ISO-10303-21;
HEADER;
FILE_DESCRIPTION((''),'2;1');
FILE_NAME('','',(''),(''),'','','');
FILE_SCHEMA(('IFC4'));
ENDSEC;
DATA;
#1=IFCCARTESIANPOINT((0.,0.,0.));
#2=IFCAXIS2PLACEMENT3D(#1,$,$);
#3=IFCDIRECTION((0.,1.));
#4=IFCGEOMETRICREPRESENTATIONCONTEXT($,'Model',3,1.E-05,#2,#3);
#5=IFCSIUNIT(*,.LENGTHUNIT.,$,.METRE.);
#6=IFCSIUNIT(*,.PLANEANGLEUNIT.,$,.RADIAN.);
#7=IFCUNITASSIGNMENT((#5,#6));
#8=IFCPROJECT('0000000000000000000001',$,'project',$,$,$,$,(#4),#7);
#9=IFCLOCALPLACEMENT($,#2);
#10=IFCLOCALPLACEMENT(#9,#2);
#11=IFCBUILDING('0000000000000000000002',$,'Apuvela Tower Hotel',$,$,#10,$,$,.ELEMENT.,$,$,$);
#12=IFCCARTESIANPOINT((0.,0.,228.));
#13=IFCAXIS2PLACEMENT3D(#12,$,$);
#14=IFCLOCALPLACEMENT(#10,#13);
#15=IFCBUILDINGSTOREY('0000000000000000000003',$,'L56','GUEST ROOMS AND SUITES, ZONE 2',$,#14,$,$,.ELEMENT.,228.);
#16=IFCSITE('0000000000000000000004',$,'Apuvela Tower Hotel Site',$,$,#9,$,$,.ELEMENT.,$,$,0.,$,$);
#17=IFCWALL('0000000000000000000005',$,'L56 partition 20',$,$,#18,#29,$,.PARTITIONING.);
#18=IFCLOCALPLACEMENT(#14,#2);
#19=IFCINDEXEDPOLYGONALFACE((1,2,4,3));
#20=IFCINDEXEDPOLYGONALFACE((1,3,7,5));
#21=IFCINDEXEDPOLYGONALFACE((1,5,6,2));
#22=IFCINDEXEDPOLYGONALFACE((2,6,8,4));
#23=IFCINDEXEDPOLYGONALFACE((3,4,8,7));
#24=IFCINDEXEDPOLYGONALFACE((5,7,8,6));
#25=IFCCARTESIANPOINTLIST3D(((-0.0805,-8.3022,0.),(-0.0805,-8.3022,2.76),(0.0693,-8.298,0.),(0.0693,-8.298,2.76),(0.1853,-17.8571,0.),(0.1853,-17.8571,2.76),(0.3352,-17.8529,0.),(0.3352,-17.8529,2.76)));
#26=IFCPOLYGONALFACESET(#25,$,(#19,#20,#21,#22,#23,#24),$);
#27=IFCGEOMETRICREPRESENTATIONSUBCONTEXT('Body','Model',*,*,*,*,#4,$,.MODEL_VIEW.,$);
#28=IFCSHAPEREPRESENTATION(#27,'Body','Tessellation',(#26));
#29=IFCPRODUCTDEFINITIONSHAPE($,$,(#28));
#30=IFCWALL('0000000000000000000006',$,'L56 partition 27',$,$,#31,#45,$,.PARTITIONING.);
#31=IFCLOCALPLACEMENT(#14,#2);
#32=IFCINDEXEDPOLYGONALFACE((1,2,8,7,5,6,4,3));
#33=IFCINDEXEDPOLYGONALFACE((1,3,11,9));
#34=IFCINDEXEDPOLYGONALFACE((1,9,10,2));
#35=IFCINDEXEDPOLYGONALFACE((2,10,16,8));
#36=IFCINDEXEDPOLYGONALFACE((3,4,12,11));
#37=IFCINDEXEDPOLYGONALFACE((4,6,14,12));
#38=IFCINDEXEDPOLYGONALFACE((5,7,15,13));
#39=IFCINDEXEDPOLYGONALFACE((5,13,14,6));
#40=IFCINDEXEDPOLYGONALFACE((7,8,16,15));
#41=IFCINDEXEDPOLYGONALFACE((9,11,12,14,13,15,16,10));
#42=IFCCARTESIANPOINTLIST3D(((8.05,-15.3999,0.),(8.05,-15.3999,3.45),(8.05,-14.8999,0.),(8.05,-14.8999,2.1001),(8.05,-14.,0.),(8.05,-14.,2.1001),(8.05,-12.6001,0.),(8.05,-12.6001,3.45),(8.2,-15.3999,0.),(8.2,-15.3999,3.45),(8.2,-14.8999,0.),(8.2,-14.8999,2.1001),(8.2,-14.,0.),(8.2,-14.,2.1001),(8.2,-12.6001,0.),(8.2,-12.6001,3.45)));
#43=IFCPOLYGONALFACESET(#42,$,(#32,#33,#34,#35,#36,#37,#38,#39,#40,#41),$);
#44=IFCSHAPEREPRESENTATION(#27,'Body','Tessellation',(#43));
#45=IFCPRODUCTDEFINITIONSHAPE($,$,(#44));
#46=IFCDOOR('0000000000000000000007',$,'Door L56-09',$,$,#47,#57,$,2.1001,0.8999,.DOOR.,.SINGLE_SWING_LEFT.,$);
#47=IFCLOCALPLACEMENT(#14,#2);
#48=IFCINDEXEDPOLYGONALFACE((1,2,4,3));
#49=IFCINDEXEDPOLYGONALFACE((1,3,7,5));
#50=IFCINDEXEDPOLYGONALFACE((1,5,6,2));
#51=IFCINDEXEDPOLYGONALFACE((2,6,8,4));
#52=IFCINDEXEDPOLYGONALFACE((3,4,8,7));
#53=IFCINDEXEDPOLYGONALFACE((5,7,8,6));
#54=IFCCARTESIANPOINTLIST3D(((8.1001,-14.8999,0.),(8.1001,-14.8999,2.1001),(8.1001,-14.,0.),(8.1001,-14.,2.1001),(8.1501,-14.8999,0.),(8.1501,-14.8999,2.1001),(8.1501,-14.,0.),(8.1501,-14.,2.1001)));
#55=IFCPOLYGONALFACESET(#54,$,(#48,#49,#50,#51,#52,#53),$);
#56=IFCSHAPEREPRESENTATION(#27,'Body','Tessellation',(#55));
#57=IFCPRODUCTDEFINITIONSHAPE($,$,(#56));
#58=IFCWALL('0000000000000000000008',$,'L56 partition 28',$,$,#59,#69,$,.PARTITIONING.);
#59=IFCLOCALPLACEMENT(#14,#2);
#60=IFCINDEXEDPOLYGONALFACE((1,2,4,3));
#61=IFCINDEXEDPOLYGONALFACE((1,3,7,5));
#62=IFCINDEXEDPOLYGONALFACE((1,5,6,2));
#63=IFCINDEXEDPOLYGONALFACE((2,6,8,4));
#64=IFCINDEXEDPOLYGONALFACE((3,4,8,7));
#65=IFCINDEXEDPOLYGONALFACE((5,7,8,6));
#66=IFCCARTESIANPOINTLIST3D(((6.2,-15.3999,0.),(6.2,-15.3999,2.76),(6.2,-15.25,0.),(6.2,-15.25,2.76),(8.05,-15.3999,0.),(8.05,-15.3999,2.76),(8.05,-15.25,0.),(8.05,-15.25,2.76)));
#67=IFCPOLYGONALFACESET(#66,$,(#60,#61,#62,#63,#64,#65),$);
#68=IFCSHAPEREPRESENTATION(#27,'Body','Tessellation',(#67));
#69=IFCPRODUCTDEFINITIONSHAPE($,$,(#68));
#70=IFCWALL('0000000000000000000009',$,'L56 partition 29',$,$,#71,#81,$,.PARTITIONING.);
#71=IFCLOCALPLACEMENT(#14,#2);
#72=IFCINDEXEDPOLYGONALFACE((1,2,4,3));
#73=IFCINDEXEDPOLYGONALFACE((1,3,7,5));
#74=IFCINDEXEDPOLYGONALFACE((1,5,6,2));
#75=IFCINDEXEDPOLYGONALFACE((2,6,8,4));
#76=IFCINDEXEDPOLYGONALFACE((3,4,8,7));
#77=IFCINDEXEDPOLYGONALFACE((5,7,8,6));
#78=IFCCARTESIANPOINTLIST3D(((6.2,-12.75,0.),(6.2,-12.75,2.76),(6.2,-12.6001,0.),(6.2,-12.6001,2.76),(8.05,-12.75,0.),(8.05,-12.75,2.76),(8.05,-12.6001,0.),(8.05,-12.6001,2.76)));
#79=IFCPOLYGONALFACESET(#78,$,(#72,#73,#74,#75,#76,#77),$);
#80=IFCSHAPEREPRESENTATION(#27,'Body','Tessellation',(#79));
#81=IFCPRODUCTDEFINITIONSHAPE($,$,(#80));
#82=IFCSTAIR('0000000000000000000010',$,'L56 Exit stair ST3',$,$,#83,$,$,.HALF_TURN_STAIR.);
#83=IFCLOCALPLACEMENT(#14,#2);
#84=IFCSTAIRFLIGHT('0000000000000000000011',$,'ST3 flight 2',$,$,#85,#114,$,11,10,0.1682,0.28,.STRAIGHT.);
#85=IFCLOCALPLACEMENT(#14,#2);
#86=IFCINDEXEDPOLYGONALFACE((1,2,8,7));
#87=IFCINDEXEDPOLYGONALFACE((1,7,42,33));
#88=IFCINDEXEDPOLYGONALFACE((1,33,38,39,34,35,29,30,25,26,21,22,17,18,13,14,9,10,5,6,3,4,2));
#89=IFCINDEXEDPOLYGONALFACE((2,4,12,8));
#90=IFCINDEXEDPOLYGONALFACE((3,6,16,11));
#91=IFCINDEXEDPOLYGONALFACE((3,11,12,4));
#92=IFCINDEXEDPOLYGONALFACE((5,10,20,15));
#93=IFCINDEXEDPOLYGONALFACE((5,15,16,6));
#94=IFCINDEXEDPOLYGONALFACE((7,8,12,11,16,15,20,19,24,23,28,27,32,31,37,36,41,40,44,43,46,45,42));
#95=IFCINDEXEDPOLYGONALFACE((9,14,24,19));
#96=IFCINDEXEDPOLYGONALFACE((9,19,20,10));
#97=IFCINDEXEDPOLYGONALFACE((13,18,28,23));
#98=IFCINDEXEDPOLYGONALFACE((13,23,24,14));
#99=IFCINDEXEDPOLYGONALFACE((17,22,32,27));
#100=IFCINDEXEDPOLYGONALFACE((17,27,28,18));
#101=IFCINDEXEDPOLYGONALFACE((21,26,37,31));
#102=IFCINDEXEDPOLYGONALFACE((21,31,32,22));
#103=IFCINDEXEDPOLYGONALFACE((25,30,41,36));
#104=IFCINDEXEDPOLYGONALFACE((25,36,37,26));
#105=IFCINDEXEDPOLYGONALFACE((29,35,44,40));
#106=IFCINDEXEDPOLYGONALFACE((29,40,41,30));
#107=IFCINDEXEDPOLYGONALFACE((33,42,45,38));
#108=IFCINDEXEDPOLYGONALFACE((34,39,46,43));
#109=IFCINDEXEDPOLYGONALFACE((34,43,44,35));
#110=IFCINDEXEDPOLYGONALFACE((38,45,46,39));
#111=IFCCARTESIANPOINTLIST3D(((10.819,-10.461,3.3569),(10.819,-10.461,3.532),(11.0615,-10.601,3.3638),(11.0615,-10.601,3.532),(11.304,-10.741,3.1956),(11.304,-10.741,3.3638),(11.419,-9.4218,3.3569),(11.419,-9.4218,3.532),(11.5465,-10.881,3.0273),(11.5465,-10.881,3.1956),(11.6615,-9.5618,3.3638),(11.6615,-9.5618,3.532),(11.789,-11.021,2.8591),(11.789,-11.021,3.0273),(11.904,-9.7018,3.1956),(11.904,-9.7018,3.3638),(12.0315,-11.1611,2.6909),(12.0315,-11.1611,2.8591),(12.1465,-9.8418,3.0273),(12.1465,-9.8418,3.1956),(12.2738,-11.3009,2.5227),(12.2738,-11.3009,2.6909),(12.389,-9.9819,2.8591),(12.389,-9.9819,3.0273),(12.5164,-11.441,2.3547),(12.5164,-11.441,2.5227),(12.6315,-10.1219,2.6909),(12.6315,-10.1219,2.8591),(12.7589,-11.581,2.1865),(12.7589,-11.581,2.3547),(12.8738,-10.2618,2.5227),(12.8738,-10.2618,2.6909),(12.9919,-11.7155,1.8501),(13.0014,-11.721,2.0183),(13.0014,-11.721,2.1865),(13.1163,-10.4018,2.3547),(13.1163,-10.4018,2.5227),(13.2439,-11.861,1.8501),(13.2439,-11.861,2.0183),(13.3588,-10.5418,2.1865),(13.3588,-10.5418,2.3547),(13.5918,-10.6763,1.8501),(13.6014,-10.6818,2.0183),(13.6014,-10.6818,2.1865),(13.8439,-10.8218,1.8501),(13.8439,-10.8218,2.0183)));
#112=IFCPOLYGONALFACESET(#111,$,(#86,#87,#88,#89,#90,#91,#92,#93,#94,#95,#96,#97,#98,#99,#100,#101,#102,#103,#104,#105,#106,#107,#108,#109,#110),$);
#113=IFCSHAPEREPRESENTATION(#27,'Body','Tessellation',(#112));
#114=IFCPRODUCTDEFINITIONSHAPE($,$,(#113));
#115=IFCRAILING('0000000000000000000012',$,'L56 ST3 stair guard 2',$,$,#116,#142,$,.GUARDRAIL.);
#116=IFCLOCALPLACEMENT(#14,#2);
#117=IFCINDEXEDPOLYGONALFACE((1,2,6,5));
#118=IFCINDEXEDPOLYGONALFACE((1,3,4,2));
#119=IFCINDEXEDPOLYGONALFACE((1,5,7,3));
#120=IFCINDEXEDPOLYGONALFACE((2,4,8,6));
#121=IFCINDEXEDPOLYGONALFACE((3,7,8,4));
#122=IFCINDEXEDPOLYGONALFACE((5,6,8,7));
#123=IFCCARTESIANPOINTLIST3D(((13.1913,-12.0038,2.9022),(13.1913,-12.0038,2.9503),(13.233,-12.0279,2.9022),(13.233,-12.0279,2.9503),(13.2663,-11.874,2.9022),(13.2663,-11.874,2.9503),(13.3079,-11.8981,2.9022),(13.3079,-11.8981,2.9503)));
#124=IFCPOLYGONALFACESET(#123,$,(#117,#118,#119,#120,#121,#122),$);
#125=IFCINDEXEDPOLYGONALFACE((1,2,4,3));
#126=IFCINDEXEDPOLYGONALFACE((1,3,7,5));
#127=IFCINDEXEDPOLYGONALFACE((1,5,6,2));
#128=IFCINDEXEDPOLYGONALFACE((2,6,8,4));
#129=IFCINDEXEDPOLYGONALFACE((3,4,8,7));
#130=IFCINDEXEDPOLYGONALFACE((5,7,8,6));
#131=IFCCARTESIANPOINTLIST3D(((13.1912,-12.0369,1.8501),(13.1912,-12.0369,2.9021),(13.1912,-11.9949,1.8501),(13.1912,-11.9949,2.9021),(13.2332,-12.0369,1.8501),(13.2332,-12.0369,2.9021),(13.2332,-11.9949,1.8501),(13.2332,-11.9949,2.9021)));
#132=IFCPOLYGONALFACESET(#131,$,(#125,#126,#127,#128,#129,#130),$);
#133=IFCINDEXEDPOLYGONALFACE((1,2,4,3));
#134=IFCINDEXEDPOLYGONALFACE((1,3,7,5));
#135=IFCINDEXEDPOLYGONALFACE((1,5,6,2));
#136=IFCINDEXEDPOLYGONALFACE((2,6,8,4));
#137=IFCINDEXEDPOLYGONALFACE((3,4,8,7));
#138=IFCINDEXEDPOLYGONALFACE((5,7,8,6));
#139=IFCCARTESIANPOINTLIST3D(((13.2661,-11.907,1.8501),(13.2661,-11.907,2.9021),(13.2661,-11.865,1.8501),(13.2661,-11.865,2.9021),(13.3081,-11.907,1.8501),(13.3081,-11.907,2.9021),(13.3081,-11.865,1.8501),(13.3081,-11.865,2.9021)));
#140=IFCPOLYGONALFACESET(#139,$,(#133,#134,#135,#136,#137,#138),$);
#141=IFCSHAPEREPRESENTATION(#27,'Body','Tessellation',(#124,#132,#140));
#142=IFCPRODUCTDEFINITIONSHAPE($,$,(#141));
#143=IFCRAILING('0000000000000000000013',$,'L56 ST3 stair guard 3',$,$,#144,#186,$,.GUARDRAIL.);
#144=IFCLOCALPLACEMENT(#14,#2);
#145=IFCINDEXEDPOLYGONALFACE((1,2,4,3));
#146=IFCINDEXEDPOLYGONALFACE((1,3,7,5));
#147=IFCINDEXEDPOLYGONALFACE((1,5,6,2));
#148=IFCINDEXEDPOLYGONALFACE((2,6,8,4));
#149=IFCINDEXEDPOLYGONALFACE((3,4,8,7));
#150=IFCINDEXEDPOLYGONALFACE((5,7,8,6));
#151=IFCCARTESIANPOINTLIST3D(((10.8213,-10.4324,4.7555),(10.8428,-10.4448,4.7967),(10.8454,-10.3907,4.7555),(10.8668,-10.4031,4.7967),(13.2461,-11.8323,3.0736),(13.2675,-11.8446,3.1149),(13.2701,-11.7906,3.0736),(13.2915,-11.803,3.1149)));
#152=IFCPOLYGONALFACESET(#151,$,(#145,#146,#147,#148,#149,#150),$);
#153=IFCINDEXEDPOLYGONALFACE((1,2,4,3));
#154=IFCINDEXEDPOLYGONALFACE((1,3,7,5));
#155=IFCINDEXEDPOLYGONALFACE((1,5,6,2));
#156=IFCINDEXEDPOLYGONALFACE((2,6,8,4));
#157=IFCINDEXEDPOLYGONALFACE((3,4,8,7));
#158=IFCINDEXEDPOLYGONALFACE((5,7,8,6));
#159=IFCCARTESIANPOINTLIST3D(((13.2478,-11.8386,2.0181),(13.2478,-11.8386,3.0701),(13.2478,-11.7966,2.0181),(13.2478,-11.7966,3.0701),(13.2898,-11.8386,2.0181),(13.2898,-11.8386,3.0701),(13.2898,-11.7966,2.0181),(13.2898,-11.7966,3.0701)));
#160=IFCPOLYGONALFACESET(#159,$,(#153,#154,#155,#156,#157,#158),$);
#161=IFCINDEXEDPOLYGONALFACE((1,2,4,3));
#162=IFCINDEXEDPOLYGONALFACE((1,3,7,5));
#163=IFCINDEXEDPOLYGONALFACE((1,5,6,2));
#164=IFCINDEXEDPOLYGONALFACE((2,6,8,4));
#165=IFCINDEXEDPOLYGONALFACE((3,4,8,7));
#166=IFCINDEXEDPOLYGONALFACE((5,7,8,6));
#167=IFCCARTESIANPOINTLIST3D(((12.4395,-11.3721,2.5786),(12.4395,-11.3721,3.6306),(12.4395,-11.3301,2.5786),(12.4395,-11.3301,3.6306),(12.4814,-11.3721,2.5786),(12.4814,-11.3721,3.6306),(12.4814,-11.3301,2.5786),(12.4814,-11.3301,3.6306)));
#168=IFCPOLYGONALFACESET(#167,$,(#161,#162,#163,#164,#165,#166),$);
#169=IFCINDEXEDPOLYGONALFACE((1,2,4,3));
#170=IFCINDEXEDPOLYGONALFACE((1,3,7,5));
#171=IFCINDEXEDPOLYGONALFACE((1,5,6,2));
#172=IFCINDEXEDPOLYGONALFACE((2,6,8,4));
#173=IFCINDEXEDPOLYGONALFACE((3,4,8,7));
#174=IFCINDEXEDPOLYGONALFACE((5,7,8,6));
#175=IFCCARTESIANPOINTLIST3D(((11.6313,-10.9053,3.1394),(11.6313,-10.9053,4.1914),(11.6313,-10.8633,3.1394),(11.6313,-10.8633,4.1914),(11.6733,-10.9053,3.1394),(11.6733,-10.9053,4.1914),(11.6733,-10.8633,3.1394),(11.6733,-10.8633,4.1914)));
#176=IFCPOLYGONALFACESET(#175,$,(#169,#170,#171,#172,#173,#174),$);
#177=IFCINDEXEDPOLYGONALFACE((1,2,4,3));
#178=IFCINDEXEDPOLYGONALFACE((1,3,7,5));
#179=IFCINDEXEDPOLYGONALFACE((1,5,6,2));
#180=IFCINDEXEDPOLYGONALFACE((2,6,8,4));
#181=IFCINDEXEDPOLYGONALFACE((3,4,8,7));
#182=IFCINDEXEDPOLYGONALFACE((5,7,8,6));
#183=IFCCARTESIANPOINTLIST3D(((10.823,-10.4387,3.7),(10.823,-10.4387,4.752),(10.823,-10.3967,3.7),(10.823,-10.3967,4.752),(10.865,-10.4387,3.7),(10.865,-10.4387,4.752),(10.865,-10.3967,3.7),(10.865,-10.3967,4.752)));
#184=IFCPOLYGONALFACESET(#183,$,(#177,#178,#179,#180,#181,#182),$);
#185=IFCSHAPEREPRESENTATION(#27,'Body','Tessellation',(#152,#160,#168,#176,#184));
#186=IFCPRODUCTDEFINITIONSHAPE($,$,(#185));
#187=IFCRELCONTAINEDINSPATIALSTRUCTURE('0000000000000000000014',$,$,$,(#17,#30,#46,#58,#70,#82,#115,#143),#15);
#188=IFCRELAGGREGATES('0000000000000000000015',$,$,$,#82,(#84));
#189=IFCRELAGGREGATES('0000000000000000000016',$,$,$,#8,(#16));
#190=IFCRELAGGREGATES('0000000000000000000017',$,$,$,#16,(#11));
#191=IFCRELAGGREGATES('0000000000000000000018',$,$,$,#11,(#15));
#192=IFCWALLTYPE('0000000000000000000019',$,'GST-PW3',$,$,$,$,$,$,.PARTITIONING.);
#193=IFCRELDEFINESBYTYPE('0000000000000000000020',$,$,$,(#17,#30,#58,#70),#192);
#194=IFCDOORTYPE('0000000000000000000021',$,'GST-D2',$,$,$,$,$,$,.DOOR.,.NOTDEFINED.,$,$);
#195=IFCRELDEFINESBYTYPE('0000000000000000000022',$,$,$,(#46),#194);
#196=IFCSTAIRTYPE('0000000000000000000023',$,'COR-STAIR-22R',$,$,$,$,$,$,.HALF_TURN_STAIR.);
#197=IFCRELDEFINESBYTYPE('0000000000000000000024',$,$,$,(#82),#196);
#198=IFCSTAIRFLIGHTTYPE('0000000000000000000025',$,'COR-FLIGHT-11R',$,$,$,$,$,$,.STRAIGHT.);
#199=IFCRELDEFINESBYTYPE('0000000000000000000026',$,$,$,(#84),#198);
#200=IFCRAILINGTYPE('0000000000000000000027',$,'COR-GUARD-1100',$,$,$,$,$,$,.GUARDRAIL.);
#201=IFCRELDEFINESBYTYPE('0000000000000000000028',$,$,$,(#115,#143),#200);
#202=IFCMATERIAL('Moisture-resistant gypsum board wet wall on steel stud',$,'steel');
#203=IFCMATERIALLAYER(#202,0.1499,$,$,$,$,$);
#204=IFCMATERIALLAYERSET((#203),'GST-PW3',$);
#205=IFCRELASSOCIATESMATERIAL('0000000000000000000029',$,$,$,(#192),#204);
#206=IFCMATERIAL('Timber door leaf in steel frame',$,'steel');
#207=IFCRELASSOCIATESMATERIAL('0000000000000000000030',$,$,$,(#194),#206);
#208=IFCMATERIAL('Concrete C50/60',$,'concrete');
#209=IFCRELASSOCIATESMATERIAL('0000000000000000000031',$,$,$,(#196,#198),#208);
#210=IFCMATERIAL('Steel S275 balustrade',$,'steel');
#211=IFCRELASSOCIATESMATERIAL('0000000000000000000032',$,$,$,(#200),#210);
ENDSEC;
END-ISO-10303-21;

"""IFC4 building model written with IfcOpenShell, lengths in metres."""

from ifc_helpers import new_model, si_unit, direction, frame, frame_2d, origin, origin_2d, place, context, subcontext, project, spatial, polyline, rectangle, outline, extrude, material, layer, layer_set, type_object, element, fill, aggregate, save


model = new_model("IFC4")

# Units and contexts
model_context = context("Model", 3, precision=1e-05, world=origin(), true_north=direction((0.0, 1.0)))
body_context = subcontext(model_context, "Body", "Model", "MODEL_VIEW")
ifc_project = project(units=[si_unit("LENGTHUNIT", "METRE"), si_unit("PLANEANGLEUNIT", "RADIAN")], contexts=[model_context])

# Site, building, storey
site_placement = place(None, origin())
site = spatial("IfcSite", under=ifc_project, at=site_placement, Name="Apuvela Tower Hotel Site", CompositionType="ELEMENT", RefElevation=0.0)
building_placement = place(site_placement, origin())
building = spatial("IfcBuilding", under=site, at=building_placement, Name="Apuvela Tower Hotel", CompositionType="ELEMENT")
storey_placement = place(building_placement, frame((0.0, 0.0, 228.0)))
storey = spatial("IfcBuildingStorey", under=building, at=storey_placement, Name="L56", Description="GUEST ROOMS AND SUITES, ZONE 2", CompositionType="ELEMENT", Elevation=228.0)

# Wall
ifc_material_1 = material(Name="Moisture-resistant gypsum board wet wall on steel stud", Category="steel")
ifc_layer_1 = layer(ifc_material_1, 0.1499)
ifc_layer_set_1 = layer_set([ifc_layer_1], Name="GST-PW3")
wall_type_1 = type_object("IfcWallType", Name="GST-PW3", PredefinedType="PARTITIONING", material=ifc_layer_set_1)
wall_1_placement = place(storey_placement, frame((0.2603, -17.855, 0.0), z_axis=(0.0, 0.0, 1.0), x_axis=(-0.027815, 0.999613, 0.0)))
element("IfcWall", 1, at=wall_1_placement, inside=storey, type_object=wall_type_1, Name="L56 partition 20", PredefinedType="PARTITIONING", context=body_context, shape_type="SweptSolid", body=[
    extrude(rectangle(XDim=9.5586, YDim=0.1499, at=frame_2d((4.7793, 0.0))), origin(), (0.0, 0.0, 1.0), 2.76),
])

# Wall, opening, door
wall_2_placement = place(storey_placement, frame((8.125, -15.3999, 0.0), z_axis=(0.0, 0.0, 1.0), x_axis=(0.0, 1.0, 0.0)))
wall_2 = element("IfcWall", 2, at=wall_2_placement, inside=storey, type_object=wall_type_1, Name="L56 partition 27", PredefinedType="PARTITIONING", context=body_context, shape_type="SweptSolid", body=[
    extrude(rectangle(XDim=2.7998, YDim=0.1499, at=frame_2d((1.3999, 0.0))), origin(), (0.0, 0.0, 1.0), 3.45),
])
opening_1_placement = place(wall_2_placement, frame((0.5, 0.0, 0.0)))
opening_1 = element("IfcOpeningElement", 3, at=opening_1_placement, cuts=wall_2, PredefinedType="OPENING", context=body_context, shape_type="SweptSolid", body=[
    extrude(rectangle(XDim=0.8999, YDim=2.1001, at=frame_2d((0.45, 1.05))), frame((0.0, 0.085, 0.0), z_axis=(0.0, -1.0, 0.0), x_axis=(1.0, 0.0, 0.0)), (0.0, 0.0, 1.0), 0.1699),
])
ifc_material_2 = material(Name="Timber door leaf in steel frame", Category="steel")
door_type_1 = type_object("IfcDoorType", Name="GST-D2", OperationType="NOTDEFINED", PredefinedType="DOOR", material=ifc_material_2)
door_1_placement = place(opening_1_placement, origin())
door_1 = element("IfcDoor", 4, at=door_1_placement, inside=storey, type_object=door_type_1, Name="Door L56-09", OperationType="SINGLE_SWING_LEFT", OverallHeight=2.1001, OverallWidth=0.8999, PredefinedType="DOOR", context=body_context, shape_type="SweptSolid", body=[
    extrude(rectangle(XDim=0.8999, YDim=2.1001, at=frame_2d((0.45, 1.05))), frame((0.0, 0.0249, 0.0), z_axis=(0.0, -1.0, 0.0), x_axis=(1.0, 0.0, 0.0)), (0.0, 0.0, 1.0), 0.05),
])
fill(opening_1, door_1)

# Walls
for number, where, z_axis, x_axis, name in (
    (5, (6.2, -15.325, 0.0), (0.0, 0.0, 1.0), (1.0, 0.0, 0.0), "L56 partition 28"),
    (6, (6.2, -12.675, 0.0), (0.0, 0.0, 1.0), (1.0, 0.0, 0.0), "L56 partition 29"),
):
    element("IfcWall", number, at=place(storey_placement, frame(where, z_axis=z_axis, x_axis=x_axis)), inside=storey, type_object=wall_type_1, Name=name, PredefinedType="PARTITIONING", context=body_context, shape_type="SweptSolid", body=[
        extrude(rectangle(XDim=1.8501, YDim=0.1499, at=frame_2d((0.925, 0.0))), origin(), (0.0, 0.0, 1.0), 2.76),
    ])

# Stair, stair flight
ifc_material_3 = material(Name="Concrete C50/60", Category="concrete")
stair_type = type_object("IfcStairType", Name="COR-STAIR-22R", PredefinedType="HALF_TURN_STAIR", material=ifc_material_3)
stair_placement = place(storey_placement, origin())
stair = element("IfcStair", 7, at=stair_placement, inside=storey, type_object=stair_type, Name="L56 Exit stair ST3", PredefinedType="HALF_TURN_STAIR")
stair_flight_type = type_object("IfcStairFlightType", Name="COR-FLIGHT-11R", PredefinedType="STRAIGHT", material=ifc_material_3)
stair_flight_placement = place(storey_placement, frame((13.5439, -11.3413, 1.8501), z_axis=(0.0, 0.0, 1.0), x_axis=(-0.866025, 0.5, 0.0)))
stair_flight = element("IfcStairFlight", 8, at=stair_flight_placement, type_object=stair_flight_type, Name="ST3 flight 2", NumberOfRisers=11, NumberOfTreads=10, PredefinedType="STRAIGHT", RiserHeight=0.1682, TreadLength=0.28, context=body_context, shape_type="SweptSolid", body=[
    extrude(outline(polyline([(0.0, 0.0), (0.0, 0.1682), (0.28, 0.1682), (0.28, 0.3364), (0.5601, 0.3364), (0.5601, 0.5046), (0.8401, 0.5046), (0.8401, 0.6726), (1.1201, 0.6726), (1.1201, 0.8408), (1.3999, 0.8408), (1.3999, 1.009), (1.6799, 1.009), (1.6799, 1.1772), (1.96, 1.1772), (1.96, 1.3455), (2.24, 1.3455), (2.24, 1.5137), (2.52, 1.5137), (2.52, 1.6819), (2.8, 1.6819), (2.8, 1.8501), (2.8, 1.5068), (0.291, 0.0), (0.0, 0.0)])), frame((0.0, 0.6001, 0.0), z_axis=(0.0, -1.0, 0.0), x_axis=(1.0, 0.0, 0.0)), (0.0, 0.0, 1.0), 1.2),
])
aggregate(stair, [stair_flight])

# Railings
ifc_material_4 = material(Name="Steel S275 balustrade", Category="steel")
railing_type_1 = type_object("IfcRailingType", Name="COR-GUARD-1100", PredefinedType="GUARDRAIL", material=ifc_material_4)
railing_1_placement = place(storey_placement, frame((13.2122, -12.0159, 1.8501)))
element("IfcRailing", 9, at=railing_1_placement, inside=storey, type_object=railing_type_1, Name="L56 ST3 stair guard 2", PredefinedType="GUARDRAIL", context=body_context, shape_type="SweptSolid", body=[
    extrude(rectangle(XDim=0.0481, YDim=0.0481, at=origin_2d()), frame((0.0, 0.0, 1.0762), z_axis=(0.499816, 0.866131, 0.0), x_axis=(-0.866131, 0.499816, 0.0)), (0.0, 0.0, 1.0), 0.1499),
    extrude(rectangle(XDim=0.042, YDim=0.042, at=origin_2d()), origin(), (0.0, 0.0, 1.0), 1.052),
    extrude(rectangle(XDim=0.042, YDim=0.042, at=origin_2d()), frame((0.075, 0.1299, 0.0)), (0.0, 0.0, 1.0), 1.052),
])
railing_2_placement = place(storey_placement, frame((13.2688, -11.8176, 2.0181)))
element("IfcRailing", 10, at=railing_2_placement, inside=storey, type_object=railing_type_1, Name="L56 ST3 stair guard 3", PredefinedType="GUARDRAIL", context=body_context, shape_type="SweptSolid", body=[
    extrude(rectangle(XDim=0.0481, YDim=0.0481, at=origin_2d()), frame((0.0, 0.0, 1.0762), z_axis=(-0.74239, 0.428601, 0.514934), x_axis=(-0.499984, -0.866035, 0.0)), (0.0, 0.0, 1.0), 3.2661),
    extrude(rectangle(XDim=0.042, YDim=0.042, at=origin_2d()), origin(), (0.0, 0.0, 1.0), 1.052),
    extrude(rectangle(XDim=0.042, YDim=0.042, at=origin_2d()), frame((-0.8083, 0.4666, 0.5605)), (0.0, 0.0, 1.0), 1.052),
    extrude(rectangle(XDim=0.042, YDim=0.042, at=origin_2d()), frame((-1.6165, 0.9333, 1.1213)), (0.0, 0.0, 1.0), 1.052),
    extrude(rectangle(XDim=0.042, YDim=0.042, at=origin_2d()), frame((-2.4248, 1.3999, 1.6819)), (0.0, 0.0, 1.0), 1.052),
])

save(model, "model.ifc")
